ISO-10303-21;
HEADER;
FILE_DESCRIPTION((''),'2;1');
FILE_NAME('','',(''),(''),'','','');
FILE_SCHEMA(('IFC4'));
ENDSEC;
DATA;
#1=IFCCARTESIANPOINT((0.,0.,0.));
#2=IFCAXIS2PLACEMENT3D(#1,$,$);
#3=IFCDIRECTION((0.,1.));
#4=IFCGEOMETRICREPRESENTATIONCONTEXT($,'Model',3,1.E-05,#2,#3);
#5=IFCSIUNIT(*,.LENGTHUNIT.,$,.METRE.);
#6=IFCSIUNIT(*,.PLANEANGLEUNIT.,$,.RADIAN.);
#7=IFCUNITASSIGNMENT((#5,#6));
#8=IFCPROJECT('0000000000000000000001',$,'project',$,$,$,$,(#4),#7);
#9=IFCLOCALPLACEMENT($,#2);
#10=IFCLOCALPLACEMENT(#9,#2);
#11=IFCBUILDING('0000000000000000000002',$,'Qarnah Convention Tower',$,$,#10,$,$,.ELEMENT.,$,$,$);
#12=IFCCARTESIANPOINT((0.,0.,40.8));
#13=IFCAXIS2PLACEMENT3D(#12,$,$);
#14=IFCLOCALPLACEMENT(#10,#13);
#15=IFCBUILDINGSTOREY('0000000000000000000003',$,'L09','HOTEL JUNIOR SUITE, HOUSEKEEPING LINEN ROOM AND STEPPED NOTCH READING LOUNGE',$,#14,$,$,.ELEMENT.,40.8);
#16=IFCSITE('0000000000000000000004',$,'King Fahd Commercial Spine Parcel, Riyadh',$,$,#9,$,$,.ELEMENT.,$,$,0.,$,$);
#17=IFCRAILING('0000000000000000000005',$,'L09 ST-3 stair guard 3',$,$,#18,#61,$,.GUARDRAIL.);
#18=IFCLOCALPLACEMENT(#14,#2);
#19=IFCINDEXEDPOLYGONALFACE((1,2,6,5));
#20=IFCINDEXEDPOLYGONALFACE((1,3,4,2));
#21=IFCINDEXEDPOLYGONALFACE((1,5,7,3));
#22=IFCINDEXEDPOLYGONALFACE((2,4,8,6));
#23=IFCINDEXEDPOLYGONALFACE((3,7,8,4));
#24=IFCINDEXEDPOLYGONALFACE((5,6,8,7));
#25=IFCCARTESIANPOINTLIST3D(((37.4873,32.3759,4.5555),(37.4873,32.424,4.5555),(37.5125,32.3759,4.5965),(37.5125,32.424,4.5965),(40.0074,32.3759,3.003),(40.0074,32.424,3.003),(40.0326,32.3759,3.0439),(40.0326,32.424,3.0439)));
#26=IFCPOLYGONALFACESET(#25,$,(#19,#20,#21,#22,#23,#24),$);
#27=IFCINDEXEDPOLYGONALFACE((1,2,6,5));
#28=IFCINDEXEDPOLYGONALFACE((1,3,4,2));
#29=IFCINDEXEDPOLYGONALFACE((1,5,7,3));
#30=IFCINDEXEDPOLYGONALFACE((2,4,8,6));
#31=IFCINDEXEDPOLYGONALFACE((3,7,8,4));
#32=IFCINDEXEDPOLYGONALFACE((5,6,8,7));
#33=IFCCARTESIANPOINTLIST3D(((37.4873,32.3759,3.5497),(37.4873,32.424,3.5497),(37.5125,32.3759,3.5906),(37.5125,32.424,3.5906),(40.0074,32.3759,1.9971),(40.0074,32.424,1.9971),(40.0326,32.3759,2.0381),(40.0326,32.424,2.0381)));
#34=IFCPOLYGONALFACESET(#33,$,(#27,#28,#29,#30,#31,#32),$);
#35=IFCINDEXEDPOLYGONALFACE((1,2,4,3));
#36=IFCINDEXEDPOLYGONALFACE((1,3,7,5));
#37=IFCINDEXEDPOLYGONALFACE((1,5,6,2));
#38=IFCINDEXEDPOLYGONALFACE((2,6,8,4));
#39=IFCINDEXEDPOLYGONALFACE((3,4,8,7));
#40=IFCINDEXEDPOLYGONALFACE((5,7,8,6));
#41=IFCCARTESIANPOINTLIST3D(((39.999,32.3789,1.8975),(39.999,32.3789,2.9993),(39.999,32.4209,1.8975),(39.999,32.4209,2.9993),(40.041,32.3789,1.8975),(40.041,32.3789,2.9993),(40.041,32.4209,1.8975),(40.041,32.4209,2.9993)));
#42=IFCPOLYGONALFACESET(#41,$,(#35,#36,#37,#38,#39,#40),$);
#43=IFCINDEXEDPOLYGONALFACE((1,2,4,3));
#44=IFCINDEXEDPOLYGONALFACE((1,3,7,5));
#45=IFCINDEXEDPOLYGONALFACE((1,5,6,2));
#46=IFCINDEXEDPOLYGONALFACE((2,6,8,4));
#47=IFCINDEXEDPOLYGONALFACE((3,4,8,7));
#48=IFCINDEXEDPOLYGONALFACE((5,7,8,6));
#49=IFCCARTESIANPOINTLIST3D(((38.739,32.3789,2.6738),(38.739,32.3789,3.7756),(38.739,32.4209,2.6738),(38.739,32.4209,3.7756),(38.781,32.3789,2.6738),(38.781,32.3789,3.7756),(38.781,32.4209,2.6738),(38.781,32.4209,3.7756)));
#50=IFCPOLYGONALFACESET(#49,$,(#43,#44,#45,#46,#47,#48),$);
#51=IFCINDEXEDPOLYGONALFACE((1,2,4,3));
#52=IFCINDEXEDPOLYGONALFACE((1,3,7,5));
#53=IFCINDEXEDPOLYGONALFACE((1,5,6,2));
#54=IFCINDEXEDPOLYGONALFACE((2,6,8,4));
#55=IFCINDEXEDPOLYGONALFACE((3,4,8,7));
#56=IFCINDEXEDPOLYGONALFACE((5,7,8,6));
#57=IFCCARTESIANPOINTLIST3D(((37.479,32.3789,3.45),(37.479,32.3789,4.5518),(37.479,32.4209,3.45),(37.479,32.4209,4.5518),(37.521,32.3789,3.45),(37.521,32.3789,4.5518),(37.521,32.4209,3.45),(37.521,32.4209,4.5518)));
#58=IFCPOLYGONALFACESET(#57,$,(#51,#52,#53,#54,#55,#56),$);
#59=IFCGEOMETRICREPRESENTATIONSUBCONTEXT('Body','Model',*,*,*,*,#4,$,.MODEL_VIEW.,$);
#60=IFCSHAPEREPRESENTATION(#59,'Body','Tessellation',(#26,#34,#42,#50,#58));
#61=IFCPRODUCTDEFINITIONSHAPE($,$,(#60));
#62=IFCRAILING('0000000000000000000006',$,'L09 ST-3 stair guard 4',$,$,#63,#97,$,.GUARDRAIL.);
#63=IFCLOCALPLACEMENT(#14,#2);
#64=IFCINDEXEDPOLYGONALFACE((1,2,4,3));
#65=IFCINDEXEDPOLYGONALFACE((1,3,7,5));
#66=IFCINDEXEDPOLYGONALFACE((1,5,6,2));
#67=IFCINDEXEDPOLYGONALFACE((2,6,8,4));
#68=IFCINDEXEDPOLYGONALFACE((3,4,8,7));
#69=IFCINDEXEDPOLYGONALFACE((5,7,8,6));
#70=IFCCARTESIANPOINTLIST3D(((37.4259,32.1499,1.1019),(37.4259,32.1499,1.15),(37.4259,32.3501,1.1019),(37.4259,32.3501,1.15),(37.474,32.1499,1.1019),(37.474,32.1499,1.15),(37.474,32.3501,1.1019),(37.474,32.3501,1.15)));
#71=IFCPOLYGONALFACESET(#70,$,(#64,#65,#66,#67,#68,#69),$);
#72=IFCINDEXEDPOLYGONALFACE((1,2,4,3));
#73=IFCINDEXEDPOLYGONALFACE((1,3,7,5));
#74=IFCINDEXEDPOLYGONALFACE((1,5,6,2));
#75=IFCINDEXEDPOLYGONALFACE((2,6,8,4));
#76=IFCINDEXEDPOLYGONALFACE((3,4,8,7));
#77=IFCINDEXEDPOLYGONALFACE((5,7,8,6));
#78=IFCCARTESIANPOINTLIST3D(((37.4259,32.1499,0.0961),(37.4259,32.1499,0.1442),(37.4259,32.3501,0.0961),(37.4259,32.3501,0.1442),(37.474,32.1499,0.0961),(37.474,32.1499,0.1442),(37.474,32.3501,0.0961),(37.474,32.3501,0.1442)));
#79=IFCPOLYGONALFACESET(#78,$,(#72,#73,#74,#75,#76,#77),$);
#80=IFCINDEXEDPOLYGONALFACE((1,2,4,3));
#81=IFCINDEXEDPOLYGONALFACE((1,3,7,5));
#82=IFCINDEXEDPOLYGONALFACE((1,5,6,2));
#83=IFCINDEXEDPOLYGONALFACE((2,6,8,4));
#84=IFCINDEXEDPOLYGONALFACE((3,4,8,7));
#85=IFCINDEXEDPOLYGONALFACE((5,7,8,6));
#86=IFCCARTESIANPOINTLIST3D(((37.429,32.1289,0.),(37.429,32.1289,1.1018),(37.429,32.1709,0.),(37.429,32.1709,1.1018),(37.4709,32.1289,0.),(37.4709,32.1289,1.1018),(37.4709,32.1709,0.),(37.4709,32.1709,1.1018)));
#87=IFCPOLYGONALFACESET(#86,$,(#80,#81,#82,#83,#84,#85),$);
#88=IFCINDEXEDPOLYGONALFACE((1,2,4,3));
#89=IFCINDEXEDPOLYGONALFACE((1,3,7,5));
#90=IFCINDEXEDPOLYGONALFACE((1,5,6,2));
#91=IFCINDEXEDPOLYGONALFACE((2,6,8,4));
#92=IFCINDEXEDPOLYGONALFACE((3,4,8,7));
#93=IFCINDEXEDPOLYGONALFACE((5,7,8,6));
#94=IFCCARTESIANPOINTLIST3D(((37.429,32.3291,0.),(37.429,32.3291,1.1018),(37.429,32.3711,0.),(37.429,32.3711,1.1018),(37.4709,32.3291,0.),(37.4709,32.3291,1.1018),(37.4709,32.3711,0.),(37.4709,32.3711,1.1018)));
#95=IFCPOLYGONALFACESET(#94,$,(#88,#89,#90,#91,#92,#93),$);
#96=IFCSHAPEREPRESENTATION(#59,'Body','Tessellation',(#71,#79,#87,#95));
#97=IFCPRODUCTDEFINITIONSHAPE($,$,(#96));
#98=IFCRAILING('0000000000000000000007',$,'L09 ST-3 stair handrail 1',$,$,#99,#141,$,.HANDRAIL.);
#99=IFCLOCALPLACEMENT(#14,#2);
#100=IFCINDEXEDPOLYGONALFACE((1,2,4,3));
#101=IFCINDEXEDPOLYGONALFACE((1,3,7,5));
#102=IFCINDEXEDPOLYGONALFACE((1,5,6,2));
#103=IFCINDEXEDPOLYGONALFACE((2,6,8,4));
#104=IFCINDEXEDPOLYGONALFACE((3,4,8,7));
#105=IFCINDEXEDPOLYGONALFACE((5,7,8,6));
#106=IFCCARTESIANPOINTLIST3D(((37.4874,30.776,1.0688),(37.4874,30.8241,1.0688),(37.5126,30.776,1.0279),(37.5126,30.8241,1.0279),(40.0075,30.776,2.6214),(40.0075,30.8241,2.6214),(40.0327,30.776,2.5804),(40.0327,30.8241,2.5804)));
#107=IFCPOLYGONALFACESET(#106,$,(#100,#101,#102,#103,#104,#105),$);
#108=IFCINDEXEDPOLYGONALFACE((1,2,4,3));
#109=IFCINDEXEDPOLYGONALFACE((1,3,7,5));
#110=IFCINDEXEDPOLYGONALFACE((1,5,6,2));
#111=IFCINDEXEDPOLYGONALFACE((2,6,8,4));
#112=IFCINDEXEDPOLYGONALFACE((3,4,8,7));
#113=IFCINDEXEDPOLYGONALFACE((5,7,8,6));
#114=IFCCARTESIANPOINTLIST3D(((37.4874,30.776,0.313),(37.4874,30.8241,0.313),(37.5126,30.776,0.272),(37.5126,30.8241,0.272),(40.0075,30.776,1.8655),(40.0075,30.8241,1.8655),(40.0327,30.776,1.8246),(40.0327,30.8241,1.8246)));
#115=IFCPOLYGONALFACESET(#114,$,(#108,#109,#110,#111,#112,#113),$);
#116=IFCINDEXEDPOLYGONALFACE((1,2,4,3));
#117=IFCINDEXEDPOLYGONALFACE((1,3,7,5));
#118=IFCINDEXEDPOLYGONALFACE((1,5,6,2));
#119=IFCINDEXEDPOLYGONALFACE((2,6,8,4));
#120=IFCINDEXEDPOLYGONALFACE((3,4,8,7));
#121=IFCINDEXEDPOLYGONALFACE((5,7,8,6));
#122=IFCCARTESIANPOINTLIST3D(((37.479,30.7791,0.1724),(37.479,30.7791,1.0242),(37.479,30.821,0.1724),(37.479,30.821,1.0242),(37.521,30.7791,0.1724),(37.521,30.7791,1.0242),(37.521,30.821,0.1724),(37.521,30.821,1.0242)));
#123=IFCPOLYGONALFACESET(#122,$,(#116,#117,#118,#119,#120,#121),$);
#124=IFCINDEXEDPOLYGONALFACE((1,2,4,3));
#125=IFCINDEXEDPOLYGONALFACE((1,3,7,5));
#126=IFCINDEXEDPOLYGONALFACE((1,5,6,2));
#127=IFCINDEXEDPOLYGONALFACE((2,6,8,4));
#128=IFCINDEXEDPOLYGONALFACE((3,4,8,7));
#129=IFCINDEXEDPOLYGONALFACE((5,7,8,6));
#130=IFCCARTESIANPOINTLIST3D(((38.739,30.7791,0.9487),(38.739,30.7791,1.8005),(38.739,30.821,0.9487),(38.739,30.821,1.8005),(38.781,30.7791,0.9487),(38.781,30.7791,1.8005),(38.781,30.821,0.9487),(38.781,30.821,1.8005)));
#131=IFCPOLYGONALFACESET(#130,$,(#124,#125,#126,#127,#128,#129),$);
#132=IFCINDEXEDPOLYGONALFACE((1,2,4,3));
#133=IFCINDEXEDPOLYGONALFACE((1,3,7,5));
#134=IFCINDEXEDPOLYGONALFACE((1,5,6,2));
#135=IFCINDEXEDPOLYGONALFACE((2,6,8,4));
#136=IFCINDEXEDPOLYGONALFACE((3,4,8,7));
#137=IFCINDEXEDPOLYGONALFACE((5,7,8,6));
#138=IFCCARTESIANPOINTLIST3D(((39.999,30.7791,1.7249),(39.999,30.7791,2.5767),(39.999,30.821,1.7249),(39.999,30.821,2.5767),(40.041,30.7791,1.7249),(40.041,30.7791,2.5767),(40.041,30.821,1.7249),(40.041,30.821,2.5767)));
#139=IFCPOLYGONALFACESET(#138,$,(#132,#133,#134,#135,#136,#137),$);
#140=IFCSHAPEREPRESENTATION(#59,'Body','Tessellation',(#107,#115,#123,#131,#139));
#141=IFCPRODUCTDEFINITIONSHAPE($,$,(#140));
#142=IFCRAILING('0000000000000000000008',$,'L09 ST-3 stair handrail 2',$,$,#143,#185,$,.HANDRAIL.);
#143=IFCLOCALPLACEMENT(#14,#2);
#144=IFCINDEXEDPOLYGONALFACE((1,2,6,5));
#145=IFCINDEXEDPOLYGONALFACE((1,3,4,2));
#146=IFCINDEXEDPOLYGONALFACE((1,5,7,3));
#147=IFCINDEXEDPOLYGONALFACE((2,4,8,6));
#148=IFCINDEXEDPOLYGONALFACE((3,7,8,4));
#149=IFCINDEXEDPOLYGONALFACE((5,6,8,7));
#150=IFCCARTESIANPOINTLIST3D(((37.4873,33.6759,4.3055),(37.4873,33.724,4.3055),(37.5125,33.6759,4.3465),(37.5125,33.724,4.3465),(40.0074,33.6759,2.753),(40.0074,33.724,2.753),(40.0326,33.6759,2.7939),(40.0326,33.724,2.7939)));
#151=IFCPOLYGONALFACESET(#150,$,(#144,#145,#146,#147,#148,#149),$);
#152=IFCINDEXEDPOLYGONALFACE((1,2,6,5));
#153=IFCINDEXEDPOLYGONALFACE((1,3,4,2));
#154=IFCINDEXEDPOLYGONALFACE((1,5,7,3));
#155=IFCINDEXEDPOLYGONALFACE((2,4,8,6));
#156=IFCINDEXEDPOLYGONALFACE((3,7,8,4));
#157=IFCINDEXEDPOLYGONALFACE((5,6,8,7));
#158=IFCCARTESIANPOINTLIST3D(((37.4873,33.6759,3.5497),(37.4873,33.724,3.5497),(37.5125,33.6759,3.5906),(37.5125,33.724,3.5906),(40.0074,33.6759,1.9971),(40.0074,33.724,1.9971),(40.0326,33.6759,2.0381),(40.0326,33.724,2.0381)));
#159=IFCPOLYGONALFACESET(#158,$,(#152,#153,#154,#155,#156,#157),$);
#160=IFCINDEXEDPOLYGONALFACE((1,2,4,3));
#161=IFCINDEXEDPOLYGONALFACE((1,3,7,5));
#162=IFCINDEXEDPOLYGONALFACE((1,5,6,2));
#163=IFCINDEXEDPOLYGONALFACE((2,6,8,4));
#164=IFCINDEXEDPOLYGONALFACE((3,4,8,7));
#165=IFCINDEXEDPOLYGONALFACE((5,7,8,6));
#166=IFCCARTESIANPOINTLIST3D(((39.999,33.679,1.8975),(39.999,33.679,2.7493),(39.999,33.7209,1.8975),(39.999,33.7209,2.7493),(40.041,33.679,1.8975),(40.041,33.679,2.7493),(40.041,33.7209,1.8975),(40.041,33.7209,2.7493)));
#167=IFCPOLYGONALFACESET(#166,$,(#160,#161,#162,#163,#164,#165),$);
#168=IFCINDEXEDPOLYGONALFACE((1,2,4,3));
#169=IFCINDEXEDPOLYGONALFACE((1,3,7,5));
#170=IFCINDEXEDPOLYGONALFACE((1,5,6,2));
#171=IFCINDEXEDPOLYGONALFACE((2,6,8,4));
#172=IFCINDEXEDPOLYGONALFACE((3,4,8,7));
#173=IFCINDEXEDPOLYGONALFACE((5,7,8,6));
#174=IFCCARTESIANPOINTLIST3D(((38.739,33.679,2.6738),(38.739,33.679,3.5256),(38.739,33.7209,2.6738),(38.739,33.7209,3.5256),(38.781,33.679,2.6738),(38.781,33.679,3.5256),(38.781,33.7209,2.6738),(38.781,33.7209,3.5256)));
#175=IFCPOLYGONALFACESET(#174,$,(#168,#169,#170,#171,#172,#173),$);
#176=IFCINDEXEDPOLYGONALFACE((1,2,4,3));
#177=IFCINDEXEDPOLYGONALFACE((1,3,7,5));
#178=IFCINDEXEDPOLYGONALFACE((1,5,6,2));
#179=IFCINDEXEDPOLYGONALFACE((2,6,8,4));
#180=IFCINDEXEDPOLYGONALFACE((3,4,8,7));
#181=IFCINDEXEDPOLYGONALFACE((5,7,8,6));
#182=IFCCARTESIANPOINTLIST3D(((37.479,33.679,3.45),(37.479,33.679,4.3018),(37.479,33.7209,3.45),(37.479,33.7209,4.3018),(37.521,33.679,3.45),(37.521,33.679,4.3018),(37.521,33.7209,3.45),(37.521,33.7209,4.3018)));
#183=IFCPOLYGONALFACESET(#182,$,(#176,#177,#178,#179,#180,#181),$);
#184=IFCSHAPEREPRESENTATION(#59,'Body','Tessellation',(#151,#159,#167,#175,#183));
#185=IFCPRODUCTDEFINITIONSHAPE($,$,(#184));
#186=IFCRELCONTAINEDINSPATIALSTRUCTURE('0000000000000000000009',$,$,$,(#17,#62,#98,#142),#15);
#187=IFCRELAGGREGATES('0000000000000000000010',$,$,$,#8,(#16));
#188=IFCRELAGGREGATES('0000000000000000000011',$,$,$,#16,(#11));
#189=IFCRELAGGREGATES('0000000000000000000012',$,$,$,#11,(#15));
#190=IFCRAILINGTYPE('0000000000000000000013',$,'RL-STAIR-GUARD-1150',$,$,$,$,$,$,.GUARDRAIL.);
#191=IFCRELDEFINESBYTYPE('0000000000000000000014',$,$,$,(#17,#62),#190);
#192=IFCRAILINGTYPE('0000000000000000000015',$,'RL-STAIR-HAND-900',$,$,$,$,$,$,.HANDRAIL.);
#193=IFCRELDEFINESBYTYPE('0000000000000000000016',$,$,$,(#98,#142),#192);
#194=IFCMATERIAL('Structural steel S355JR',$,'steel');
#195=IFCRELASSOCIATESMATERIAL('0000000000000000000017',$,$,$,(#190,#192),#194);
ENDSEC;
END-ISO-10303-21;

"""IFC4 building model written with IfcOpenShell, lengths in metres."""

from ifc_helpers import new_model, si_unit, direction, frame, origin, origin_2d, place, context, subcontext, project, spatial, rectangle, extrude, material, type_object, element, save


model = new_model("IFC4")

# Units and contexts
model_context = context("Model", 3, precision=1e-05, world=origin(), true_north=direction((0.0, 1.0)))
body_context = subcontext(model_context, "Body", "Model", "MODEL_VIEW")
ifc_project = project(units=[si_unit("LENGTHUNIT", "METRE"), si_unit("PLANEANGLEUNIT", "RADIAN")], contexts=[model_context])

# Site, building, storey
site_placement = place(None, origin())
site = spatial("IfcSite", under=ifc_project, at=site_placement, Name="King Fahd Commercial Spine Parcel, Riyadh", CompositionType="ELEMENT", RefElevation=0.0)
building_placement = place(site_placement, origin())
building = spatial("IfcBuilding", under=site, at=building_placement, Name="Qarnah Convention Tower", CompositionType="ELEMENT")
storey_placement = place(building_placement, frame((0.0, 0.0, 40.8)))
storey = spatial("IfcBuildingStorey", under=building, at=storey_placement, Name="L09", Description="HOTEL JUNIOR SUITE, HOUSEKEEPING LINEN ROOM AND STEPPED NOTCH READING LOUNGE", CompositionType="ELEMENT", Elevation=40.8)

# Shared definitions
ifc_material_1 = material(Name="Structural steel S355JR", Category="steel")

# Railings
railing_type_1 = type_object("IfcRailingType", Name="RL-STAIR-GUARD-1150", PredefinedType="GUARDRAIL", material=ifc_material_1)
railing_1_placement = place(storey_placement, frame((40.02, 32.3999, 1.8975)))
element("IfcRailing", 1, at=railing_1_placement, inside=storey, type_object=railing_type_1, Name="L09 ST-3 stair guard 3", PredefinedType="GUARDRAIL", context=body_context, shape_type="SweptSolid", body=[
    extrude(rectangle(XDim=0.0481, YDim=0.0481, at=origin_2d()), frame((0.0, 0.0, 1.126), z_axis=(-0.8514, 0.0, 0.524516), x_axis=(0.0, -1.0, 0.0)), (0.0, 0.0, 1.0), 2.96),
    extrude(rectangle(XDim=0.0481, YDim=0.0481, at=origin_2d()), frame((0.0, 0.0, 0.1201), z_axis=(-0.8514, 0.0, 0.524516), x_axis=(0.0, -1.0, 0.0)), (0.0, 0.0, 1.0), 2.96),
    extrude(rectangle(XDim=0.042, YDim=0.042, at=origin_2d()), origin(), (0.0, 0.0, 1.0), 1.1018),
    extrude(rectangle(XDim=0.042, YDim=0.042, at=origin_2d()), frame((-1.26, 0.0, 0.7764)), (0.0, 0.0, 1.0), 1.1018),
    extrude(rectangle(XDim=0.042, YDim=0.042, at=origin_2d()), frame((-2.52, 0.0, 1.5525)), (0.0, 0.0, 1.0), 1.1018),
])
railing_2_placement = place(storey_placement, frame((37.45, 32.1499, 0.0)))
element("IfcRailing", 2, at=railing_2_placement, inside=storey, type_object=railing_type_1, Name="L09 ST-3 stair guard 4", PredefinedType="GUARDRAIL", context=body_context, shape_type="SweptSolid", body=[
    extrude(rectangle(XDim=0.0481, YDim=0.0481, at=origin_2d()), frame((0.0, 0.0, 1.126), z_axis=(0.0, 1.0, 0.0), x_axis=(-1.0, 0.0, 0.0)), (0.0, 0.0, 1.0), 0.2002),
    extrude(rectangle(XDim=0.0481, YDim=0.0481, at=origin_2d()), frame((0.0, 0.0, 0.1201), z_axis=(0.0, 1.0, 0.0), x_axis=(-1.0, 0.0, 0.0)), (0.0, 0.0, 1.0), 0.2002),
    extrude(rectangle(XDim=0.042, YDim=0.042, at=origin_2d()), origin(), (0.0, 0.0, 1.0), 1.1018),
    extrude(rectangle(XDim=0.042, YDim=0.042, at=origin_2d()), frame((0.0, 0.2002, 0.0)), (0.0, 0.0, 1.0), 1.1018),
])
railing_type_2 = type_object("IfcRailingType", Name="RL-STAIR-HAND-900", PredefinedType="HANDRAIL", material=ifc_material_1)
railing_3_placement = place(storey_placement, frame((37.5, 30.8, 0.1724)))
element("IfcRailing", 3, at=railing_3_placement, inside=storey, type_object=railing_type_2, Name="L09 ST-3 stair handrail 1", PredefinedType="HANDRAIL", context=body_context, shape_type="SweptSolid", body=[
    extrude(rectangle(XDim=0.0481, YDim=0.0481, at=origin_2d()), frame((0.0, 0.0, 0.876), z_axis=(0.8514, 0.0, 0.524516), x_axis=(0.0, 1.0, 0.0)), (0.0, 0.0, 1.0), 2.96),
    extrude(rectangle(XDim=0.0481, YDim=0.0481, at=origin_2d()), frame((0.0, 0.0, 0.1201), z_axis=(0.8514, 0.0, 0.524516), x_axis=(0.0, 1.0, 0.0)), (0.0, 0.0, 1.0), 2.96),
    extrude(rectangle(XDim=0.042, YDim=0.042, at=origin_2d()), origin(), (0.0, 0.0, 1.0), 0.8518),
    extrude(rectangle(XDim=0.042, YDim=0.042, at=origin_2d()), frame((1.26, 0.0, 0.7764)), (0.0, 0.0, 1.0), 0.8518),
    extrude(rectangle(XDim=0.042, YDim=0.042, at=origin_2d()), frame((2.52, 0.0, 1.5525)), (0.0, 0.0, 1.0), 0.8518),
])
railing_4_placement = place(storey_placement, frame((40.02, 33.7, 1.8975)))
element("IfcRailing", 4, at=railing_4_placement, inside=storey, type_object=railing_type_2, Name="L09 ST-3 stair handrail 2", PredefinedType="HANDRAIL", context=body_context, shape_type="SweptSolid", body=[
    extrude(rectangle(XDim=0.0481, YDim=0.0481, at=origin_2d()), frame((0.0, 0.0, 0.876), z_axis=(-0.8514, 0.0, 0.524516), x_axis=(0.0, -1.0, 0.0)), (0.0, 0.0, 1.0), 2.96),
    extrude(rectangle(XDim=0.0481, YDim=0.0481, at=origin_2d()), frame((0.0, 0.0, 0.1201), z_axis=(-0.8514, 0.0, 0.524516), x_axis=(0.0, -1.0, 0.0)), (0.0, 0.0, 1.0), 2.96),
    extrude(rectangle(XDim=0.042, YDim=0.042, at=origin_2d()), origin(), (0.0, 0.0, 1.0), 0.8518),
    extrude(rectangle(XDim=0.042, YDim=0.042, at=origin_2d()), frame((-1.26, 0.0, 0.7764)), (0.0, 0.0, 1.0), 0.8518),
    extrude(rectangle(XDim=0.042, YDim=0.042, at=origin_2d()), frame((-2.52, 0.0, 1.5525)), (0.0, 0.0, 1.0), 0.8518),
])

save(model, "model.ifc")
